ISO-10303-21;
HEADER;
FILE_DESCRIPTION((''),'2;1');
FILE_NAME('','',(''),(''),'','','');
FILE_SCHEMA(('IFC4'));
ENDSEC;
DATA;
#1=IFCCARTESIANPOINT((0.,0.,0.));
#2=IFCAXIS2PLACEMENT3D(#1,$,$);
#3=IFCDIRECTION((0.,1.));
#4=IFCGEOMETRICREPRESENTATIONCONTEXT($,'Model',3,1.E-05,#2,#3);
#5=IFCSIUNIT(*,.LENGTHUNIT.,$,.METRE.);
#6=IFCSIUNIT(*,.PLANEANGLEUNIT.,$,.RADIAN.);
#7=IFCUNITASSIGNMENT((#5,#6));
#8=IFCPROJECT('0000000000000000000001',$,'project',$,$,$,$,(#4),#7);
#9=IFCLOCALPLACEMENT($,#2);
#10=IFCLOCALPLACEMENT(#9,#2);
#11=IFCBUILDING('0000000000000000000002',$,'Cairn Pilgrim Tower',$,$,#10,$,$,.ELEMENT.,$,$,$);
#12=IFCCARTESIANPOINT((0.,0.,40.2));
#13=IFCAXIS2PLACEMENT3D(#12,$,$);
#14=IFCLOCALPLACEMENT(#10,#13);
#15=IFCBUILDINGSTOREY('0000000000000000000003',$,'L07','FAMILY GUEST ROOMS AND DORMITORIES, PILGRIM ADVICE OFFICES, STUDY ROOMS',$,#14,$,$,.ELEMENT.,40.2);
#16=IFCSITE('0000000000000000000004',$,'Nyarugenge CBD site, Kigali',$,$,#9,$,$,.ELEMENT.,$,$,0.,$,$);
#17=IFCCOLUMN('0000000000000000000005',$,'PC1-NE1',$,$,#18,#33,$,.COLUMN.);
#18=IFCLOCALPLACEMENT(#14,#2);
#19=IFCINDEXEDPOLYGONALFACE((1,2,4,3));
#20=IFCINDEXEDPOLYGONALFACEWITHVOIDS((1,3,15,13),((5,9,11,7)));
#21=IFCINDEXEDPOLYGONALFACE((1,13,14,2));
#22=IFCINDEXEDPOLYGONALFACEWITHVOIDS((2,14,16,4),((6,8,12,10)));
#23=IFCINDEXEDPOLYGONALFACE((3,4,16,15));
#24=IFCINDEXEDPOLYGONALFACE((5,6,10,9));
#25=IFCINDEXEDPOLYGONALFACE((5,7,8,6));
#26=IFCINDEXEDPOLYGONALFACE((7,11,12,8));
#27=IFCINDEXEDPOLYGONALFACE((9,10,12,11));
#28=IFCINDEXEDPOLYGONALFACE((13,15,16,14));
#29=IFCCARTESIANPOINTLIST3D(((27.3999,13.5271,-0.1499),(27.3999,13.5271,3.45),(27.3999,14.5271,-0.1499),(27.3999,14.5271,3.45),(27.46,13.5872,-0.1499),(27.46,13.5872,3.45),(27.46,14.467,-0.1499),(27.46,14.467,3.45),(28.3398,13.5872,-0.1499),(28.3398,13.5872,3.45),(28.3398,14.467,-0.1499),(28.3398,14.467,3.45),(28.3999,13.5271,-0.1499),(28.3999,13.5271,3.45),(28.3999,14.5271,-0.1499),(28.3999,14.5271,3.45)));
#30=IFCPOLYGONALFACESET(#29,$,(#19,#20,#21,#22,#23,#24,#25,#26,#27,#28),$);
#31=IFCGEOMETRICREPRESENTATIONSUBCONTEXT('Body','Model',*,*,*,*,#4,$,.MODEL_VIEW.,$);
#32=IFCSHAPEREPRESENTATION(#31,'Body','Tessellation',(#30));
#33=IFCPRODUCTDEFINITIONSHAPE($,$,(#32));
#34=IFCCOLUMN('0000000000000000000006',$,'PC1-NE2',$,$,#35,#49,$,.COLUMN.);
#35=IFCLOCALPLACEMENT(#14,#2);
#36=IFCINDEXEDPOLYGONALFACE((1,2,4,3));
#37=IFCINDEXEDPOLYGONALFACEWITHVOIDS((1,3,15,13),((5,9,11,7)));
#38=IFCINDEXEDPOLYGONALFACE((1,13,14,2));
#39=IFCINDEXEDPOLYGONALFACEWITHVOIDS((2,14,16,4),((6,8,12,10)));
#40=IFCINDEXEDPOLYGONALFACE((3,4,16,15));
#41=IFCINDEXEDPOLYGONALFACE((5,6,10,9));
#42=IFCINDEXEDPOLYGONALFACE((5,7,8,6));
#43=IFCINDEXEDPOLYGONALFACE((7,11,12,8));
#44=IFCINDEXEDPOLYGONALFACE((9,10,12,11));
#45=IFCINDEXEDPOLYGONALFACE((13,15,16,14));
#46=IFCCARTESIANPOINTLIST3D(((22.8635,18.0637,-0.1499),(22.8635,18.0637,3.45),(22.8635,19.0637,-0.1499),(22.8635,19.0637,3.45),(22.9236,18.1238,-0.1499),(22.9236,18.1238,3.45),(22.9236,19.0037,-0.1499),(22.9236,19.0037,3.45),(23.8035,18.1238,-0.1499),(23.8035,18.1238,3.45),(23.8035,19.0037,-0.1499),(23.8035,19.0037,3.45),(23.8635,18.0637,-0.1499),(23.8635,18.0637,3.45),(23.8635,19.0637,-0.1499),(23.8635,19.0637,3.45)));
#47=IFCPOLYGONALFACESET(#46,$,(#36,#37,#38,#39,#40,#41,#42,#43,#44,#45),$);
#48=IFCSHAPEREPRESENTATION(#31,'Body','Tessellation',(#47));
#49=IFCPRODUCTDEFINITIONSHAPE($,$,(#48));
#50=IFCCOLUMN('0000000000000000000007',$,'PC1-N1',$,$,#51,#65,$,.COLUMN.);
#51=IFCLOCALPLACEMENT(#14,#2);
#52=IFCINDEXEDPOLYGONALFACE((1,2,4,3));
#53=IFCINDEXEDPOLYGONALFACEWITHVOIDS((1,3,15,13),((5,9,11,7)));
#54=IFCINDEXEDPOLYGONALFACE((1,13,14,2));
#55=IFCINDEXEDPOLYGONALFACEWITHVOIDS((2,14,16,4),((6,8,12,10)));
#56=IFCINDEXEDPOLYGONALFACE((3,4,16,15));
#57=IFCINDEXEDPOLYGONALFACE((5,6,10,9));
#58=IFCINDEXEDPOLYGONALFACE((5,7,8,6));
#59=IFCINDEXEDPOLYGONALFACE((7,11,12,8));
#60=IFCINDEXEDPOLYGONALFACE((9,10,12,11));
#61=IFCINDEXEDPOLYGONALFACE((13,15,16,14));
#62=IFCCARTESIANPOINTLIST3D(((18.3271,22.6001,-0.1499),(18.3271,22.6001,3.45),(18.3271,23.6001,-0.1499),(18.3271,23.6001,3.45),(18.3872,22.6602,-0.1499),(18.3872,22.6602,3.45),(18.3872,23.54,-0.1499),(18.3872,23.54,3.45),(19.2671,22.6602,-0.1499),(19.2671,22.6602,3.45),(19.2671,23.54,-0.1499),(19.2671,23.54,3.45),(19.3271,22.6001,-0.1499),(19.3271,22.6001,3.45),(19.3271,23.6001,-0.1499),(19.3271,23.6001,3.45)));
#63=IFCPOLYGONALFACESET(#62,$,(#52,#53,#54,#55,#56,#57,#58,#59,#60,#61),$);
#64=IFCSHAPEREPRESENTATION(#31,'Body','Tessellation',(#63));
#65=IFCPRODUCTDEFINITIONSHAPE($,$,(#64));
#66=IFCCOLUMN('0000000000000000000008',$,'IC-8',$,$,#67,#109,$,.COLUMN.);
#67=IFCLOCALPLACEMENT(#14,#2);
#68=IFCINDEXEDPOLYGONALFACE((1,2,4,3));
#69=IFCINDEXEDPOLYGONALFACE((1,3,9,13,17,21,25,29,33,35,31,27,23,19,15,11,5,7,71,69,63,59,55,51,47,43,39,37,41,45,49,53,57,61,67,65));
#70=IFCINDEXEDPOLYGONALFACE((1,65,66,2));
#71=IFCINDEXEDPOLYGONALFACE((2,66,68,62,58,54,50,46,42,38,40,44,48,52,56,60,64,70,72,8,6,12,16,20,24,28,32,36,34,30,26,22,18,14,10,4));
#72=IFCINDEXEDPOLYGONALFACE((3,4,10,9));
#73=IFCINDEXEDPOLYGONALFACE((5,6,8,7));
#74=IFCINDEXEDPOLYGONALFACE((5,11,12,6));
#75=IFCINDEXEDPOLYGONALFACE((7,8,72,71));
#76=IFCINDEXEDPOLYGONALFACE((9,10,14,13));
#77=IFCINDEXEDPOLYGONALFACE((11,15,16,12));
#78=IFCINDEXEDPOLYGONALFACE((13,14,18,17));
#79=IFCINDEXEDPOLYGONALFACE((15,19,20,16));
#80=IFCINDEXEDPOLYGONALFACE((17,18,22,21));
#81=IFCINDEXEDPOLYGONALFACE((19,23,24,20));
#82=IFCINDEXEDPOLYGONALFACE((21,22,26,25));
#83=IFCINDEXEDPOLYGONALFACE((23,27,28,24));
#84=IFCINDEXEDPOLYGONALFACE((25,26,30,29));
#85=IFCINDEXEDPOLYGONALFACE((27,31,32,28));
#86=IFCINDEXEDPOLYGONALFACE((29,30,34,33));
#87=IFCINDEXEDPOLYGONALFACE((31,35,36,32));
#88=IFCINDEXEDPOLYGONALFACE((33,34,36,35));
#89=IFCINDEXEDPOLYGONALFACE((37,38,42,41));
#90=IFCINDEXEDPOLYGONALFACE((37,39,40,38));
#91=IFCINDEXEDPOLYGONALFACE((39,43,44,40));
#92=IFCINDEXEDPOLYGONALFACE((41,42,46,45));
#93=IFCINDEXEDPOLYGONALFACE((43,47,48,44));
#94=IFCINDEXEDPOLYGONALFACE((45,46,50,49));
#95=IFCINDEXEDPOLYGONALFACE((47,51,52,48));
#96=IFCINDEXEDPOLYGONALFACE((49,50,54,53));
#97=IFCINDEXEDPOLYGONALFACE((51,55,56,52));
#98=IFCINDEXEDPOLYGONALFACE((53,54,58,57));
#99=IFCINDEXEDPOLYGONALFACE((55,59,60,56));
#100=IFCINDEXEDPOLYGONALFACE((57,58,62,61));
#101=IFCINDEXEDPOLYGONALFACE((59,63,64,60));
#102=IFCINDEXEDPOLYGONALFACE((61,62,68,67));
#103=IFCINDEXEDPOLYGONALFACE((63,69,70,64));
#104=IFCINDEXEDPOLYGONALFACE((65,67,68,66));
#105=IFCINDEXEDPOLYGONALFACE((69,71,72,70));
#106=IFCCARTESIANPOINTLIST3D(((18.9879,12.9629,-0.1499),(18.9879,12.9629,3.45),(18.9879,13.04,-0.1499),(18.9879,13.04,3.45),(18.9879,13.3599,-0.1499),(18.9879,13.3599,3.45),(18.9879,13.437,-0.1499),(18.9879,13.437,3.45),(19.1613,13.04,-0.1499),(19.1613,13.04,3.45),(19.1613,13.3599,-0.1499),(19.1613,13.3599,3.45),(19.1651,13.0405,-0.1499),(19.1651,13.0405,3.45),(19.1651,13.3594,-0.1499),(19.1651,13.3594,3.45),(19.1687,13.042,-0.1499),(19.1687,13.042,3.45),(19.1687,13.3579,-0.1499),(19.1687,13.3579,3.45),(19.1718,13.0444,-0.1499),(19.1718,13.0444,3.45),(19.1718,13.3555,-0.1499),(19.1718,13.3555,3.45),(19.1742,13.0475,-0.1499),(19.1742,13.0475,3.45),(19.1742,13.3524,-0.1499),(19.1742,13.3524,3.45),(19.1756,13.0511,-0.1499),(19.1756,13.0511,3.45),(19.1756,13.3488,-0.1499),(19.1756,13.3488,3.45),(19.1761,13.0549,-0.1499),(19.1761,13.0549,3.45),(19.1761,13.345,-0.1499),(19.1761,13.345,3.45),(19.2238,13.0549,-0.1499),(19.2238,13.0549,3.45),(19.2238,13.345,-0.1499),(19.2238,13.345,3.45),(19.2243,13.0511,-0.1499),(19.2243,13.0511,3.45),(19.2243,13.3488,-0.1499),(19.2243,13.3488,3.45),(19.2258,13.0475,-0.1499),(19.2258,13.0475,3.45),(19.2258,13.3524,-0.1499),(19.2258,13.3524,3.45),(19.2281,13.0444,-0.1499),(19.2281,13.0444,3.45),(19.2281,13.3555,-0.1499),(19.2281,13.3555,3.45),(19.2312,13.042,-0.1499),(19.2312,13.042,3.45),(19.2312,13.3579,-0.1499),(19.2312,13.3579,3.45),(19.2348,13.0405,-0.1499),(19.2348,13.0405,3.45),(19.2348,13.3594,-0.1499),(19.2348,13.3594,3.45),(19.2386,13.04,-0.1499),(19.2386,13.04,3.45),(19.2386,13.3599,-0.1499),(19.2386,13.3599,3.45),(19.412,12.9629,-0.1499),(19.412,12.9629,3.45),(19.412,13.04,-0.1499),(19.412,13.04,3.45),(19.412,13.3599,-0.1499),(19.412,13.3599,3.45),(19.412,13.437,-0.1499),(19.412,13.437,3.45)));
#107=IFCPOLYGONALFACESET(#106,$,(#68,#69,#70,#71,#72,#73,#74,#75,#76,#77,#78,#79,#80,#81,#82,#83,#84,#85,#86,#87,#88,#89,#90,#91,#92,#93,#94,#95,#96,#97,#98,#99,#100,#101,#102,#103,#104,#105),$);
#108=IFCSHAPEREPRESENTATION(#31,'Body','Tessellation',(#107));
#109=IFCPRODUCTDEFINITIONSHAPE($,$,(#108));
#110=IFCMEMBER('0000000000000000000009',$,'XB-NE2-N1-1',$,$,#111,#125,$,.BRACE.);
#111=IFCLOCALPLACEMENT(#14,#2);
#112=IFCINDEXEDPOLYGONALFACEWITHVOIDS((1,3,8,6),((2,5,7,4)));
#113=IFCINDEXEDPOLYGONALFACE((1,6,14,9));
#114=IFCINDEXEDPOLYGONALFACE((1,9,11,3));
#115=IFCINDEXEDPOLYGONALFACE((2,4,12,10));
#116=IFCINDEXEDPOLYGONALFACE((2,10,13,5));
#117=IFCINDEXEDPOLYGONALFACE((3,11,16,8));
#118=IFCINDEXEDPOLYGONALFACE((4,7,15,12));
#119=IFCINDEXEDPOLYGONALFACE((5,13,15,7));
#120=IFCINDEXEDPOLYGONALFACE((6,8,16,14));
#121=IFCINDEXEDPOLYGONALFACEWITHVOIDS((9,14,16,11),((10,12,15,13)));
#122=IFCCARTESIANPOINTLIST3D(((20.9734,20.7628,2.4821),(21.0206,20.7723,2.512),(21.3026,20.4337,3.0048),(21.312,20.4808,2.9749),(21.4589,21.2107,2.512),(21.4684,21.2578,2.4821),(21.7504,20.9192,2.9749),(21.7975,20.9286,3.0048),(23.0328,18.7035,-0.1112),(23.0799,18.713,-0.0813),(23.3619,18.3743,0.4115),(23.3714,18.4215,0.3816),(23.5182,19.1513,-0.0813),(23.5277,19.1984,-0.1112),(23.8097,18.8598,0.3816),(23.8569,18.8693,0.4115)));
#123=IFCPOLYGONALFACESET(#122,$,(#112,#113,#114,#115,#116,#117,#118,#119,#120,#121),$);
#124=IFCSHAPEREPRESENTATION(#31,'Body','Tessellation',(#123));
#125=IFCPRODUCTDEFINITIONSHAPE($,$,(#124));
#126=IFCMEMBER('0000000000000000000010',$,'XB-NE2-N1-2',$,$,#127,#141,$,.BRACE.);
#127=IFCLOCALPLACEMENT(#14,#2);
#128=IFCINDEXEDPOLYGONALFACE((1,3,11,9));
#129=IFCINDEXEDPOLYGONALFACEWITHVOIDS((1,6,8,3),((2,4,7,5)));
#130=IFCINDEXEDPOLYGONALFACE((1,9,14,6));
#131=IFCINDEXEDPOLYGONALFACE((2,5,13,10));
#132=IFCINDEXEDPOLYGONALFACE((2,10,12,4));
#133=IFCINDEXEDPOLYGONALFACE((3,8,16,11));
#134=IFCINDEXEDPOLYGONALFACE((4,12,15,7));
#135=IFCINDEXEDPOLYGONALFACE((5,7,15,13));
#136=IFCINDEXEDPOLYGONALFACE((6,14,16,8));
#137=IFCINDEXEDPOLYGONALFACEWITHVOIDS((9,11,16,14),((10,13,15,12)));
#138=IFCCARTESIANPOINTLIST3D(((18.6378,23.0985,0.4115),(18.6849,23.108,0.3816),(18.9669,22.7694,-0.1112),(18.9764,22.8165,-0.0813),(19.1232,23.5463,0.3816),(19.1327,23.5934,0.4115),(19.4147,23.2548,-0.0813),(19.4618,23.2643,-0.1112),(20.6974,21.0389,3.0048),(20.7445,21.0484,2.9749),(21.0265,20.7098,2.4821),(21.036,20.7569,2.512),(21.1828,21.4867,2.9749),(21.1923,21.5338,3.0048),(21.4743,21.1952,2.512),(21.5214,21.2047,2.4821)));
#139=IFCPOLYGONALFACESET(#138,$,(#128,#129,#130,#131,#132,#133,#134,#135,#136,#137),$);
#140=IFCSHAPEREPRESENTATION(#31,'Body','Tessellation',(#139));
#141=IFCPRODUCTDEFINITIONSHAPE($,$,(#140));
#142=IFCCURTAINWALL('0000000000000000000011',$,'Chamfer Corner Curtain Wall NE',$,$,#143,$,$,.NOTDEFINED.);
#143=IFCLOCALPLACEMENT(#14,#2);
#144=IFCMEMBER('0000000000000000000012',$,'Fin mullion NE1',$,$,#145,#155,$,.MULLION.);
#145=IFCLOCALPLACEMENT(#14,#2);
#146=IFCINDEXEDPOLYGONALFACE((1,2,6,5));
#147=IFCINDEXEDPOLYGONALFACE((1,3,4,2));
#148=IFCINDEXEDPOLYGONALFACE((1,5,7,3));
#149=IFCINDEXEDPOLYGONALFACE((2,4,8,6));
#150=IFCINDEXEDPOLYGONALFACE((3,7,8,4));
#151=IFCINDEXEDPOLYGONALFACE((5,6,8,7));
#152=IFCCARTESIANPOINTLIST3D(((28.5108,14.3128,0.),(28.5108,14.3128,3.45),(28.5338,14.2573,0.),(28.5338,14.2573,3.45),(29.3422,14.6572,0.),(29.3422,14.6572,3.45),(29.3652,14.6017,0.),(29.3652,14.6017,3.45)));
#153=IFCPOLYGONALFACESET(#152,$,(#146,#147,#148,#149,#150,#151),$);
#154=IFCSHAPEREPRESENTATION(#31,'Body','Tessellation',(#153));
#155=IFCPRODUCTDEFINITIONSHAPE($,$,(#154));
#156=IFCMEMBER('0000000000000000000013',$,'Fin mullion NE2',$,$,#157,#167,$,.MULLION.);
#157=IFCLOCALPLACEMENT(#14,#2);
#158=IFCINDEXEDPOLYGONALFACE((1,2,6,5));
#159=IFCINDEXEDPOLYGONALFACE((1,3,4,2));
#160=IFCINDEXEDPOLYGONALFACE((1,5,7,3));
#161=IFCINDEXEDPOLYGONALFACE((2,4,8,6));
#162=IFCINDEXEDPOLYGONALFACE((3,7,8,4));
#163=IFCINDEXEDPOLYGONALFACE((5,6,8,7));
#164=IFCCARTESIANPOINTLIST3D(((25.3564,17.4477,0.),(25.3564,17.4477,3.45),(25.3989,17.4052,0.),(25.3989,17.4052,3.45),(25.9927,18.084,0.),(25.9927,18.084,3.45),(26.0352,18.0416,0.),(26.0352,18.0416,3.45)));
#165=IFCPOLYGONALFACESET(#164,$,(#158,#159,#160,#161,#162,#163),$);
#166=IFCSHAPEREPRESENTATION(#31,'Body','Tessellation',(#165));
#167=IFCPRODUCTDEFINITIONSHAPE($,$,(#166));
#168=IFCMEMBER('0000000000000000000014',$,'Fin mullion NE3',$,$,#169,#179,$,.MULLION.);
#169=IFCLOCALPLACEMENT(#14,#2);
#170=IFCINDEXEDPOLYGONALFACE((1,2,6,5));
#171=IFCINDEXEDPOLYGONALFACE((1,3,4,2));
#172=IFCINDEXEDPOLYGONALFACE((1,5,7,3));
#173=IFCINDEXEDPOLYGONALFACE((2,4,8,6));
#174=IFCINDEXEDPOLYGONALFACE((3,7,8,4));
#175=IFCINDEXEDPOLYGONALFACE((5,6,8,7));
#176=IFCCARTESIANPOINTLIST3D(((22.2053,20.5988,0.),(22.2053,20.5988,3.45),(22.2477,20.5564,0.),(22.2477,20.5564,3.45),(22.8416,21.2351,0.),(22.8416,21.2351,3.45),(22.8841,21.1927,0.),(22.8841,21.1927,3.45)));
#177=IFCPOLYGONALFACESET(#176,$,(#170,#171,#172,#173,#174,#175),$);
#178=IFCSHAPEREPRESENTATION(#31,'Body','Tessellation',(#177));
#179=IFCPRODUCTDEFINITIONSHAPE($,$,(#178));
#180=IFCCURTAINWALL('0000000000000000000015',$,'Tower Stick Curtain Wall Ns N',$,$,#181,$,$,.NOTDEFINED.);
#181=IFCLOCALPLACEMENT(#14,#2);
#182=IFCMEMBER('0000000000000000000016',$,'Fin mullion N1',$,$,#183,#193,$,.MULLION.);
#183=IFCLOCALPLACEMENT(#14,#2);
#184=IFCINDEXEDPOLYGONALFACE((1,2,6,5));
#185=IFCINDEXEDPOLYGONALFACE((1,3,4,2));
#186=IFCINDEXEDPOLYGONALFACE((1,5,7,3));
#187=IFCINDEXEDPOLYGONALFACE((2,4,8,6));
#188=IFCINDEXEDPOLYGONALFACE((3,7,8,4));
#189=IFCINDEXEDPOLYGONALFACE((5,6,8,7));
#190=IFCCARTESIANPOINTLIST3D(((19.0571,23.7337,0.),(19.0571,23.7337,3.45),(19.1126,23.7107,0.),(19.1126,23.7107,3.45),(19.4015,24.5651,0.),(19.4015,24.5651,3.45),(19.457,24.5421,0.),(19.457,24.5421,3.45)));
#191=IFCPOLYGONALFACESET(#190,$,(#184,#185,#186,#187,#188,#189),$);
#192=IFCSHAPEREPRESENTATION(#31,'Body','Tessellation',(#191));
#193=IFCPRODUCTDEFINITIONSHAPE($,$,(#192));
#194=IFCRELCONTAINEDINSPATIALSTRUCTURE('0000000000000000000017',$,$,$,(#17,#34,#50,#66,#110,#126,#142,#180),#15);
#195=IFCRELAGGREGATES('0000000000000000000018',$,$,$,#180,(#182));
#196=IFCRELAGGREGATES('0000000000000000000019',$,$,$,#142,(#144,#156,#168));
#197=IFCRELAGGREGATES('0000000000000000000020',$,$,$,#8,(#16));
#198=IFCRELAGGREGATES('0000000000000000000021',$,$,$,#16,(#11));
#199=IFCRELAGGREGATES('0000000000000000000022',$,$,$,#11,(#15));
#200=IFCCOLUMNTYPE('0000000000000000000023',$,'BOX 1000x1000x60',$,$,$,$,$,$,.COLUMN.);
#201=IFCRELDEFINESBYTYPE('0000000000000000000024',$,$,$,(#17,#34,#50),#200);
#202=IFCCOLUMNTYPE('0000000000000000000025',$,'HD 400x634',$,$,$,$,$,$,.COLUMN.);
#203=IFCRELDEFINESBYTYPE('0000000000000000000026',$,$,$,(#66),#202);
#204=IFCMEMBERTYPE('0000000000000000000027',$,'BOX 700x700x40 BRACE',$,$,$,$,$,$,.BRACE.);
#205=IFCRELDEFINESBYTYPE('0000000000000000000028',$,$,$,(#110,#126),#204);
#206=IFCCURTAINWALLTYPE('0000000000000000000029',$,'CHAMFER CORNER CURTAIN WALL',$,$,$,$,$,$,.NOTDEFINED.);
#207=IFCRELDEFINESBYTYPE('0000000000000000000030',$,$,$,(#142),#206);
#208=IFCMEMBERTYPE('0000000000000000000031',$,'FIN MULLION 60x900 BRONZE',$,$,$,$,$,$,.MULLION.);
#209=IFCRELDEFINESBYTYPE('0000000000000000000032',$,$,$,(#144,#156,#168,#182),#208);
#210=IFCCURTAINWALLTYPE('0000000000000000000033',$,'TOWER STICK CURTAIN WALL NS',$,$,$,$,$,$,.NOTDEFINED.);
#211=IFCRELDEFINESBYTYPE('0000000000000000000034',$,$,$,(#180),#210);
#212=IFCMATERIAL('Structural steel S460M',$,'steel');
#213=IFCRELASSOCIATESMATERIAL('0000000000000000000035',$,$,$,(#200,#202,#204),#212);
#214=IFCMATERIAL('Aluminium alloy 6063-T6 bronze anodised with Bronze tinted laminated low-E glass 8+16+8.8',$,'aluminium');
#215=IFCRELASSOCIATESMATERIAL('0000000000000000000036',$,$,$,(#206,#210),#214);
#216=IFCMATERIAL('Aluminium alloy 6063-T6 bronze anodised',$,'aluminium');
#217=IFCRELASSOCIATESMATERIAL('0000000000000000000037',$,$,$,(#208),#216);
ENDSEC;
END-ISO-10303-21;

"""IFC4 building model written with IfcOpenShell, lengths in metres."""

from ifc_helpers import new_model, si_unit, direction, frame, origin, origin_2d, place, context, subcontext, project, spatial, rectangle, hollow_rectangle, i_section, extrude, material, material_profile, profile_set, type_object, element, aggregate, save


model = new_model("IFC4")

# Units and contexts
model_context = context("Model", 3, precision=1e-05, world=origin(), true_north=direction((0.0, 1.0)))
body_context = subcontext(model_context, "Body", "Model", "MODEL_VIEW")
ifc_project = project(units=[si_unit("LENGTHUNIT", "METRE"), si_unit("PLANEANGLEUNIT", "RADIAN")], contexts=[model_context])

# Site, building, storey
site_placement = place(None, origin())
site = spatial("IfcSite", under=ifc_project, at=site_placement, Name="Nyarugenge CBD site, Kigali", CompositionType="ELEMENT", RefElevation=0.0)
building_placement = place(site_placement, origin())
building = spatial("IfcBuilding", under=site, at=building_placement, Name="Cairn Pilgrim Tower", CompositionType="ELEMENT")
storey_placement = place(building_placement, frame((0.0, 0.0, 40.2)))
storey = spatial("IfcBuildingStorey", under=building, at=storey_placement, Name="L07", Description="FAMILY GUEST ROOMS AND DORMITORIES, PILGRIM ADVICE OFFICES, STUDY ROOMS", CompositionType="ELEMENT", Elevation=40.2)

# Columns
ifc_material_1 = material(Name="Structural steel S460M", Category="steel")
ifc_material_profile_1 = material_profile(ifc_material_1, hollow_rectangle(XDim=1.0, YDim=1.0, WallThickness=0.0601, at=origin_2d()), Name="BOX 1000x1000x60")
ifc_profile_set_1 = profile_set([ifc_material_profile_1], Name="Structural steel S460M")
column_type_1 = type_object("IfcColumnType", Name="BOX 1000x1000x60", PredefinedType="COLUMN", material=ifc_profile_set_1)
for number, where, z_axis, x_axis, name in (
    (1, (27.8999, 14.0271, -0.1499), (0.0, 0.0, 1.0), (1.0, 0.0, 0.0), "PC1-NE1"),
    (2, (23.3635, 18.5637, -0.1499), (0.0, 0.0, 1.0), (1.0, 0.0, 0.0), "PC1-NE2"),
    (3, (18.8271, 23.1001, -0.1499), (0.0, 0.0, 1.0), (1.0, 0.0, 0.0), "PC1-N1"),
):
    element("IfcColumn", number, at=place(storey_placement, frame(where, z_axis=z_axis, x_axis=x_axis)), inside=storey, type_object=column_type_1, Name=name, PredefinedType="COLUMN", context=body_context, shape_type="SweptSolid", body=[
        extrude(hollow_rectangle(XDim=1.0, YDim=1.0, WallThickness=0.0601, at=origin_2d()), origin(), (0.0, 0.0, 1.0), 3.5999),
    ])
ifc_material_profile_2 = material_profile(ifc_material_1, i_section(OverallWidth=0.4241, OverallDepth=0.4741, WebThickness=0.0476, FlangeThickness=0.0771, FilletRadius=0.0149, at=origin_2d()), Name="HD 400x634")
ifc_profile_set_2 = profile_set([ifc_material_profile_2], Name="Structural steel S460M")
column_type_2 = type_object("IfcColumnType", Name="HD 400x634", PredefinedType="COLUMN", material=ifc_profile_set_2)
column_placement = place(storey_placement, frame((19.2, 13.2, -0.1499), z_axis=(0.0, 0.0, 1.0), x_axis=(1.0, 0.0, 0.0)))
element("IfcColumn", 4, at=column_placement, inside=storey, type_object=column_type_2, Name="IC-8", PredefinedType="COLUMN", context=body_context, shape_type="SweptSolid", body=[
    extrude(i_section(OverallWidth=0.4241, OverallDepth=0.4741, WebThickness=0.0476, FlangeThickness=0.0771, FilletRadius=0.0149, at=origin_2d()), origin(), (0.0, 0.0, 1.0), 3.5999),
])

# Members
ifc_material_profile_3 = material_profile(ifc_material_1, hollow_rectangle(XDim=0.7, YDim=0.7, WallThickness=0.04, at=origin_2d()), Name="BOX 700x700x40")
ifc_profile_set_3 = profile_set([ifc_material_profile_3], Name="Structural steel S460M")
member_type_1 = type_object("IfcMemberType", Name="BOX 700x700x40 BRACE", PredefinedType="BRACE", material=ifc_profile_set_3)
member_1_placement = place(storey_placement, frame((23.4448, 18.7864, 0.1501), z_axis=(-0.52809, 0.52809, 0.665012), x_axis=(-0.707107, -0.707107, 0.0)))
element("IfcMember", 5, at=member_1_placement, inside=storey, type_object=member_type_1, Name="XB-NE2-N1-1", PredefinedType="BRACE", context=body_context, shape_type="SweptSolid", body=[
    extrude(hollow_rectangle(XDim=0.7, YDim=0.7, WallThickness=0.04, at=origin_2d()), origin(), (0.0, 0.0, 1.0), 3.8997),
])
member_2_placement = place(storey_placement, frame((19.0498, 23.1814, 0.1501), z_axis=(0.528118, -0.528118, 0.664968), x_axis=(0.707107, 0.707107, 0.0)))
element("IfcMember", 6, at=member_2_placement, inside=storey, type_object=member_type_1, Name="XB-NE2-N1-2", PredefinedType="BRACE", context=body_context, shape_type="SweptSolid", body=[
    extrude(hollow_rectangle(XDim=0.7, YDim=0.7, WallThickness=0.04, at=origin_2d()), origin(), (0.0, 0.0, 1.0), 3.8999),
])

# Curtain wall, members
ifc_material_2 = material(Name="Aluminium alloy 6063-T6 bronze anodised with Bronze tinted laminated low-E glass 8+16+8.8", Category="aluminium")
curtain_wall_type_1 = type_object("IfcCurtainWallType", Name="CHAMFER CORNER CURTAIN WALL", PredefinedType="NOTDEFINED", material=ifc_material_2)
curtain_wall_1_placement = place(storey_placement, origin())
curtain_wall_1 = element("IfcCurtainWall", 7, at=curtain_wall_1_placement, inside=storey, type_object=curtain_wall_type_1, Name="Chamfer Corner Curtain Wall NE", PredefinedType="NOTDEFINED")
ifc_material_3 = material(Name="Aluminium alloy 6063-T6 bronze anodised", Category="aluminium")
ifc_material_profile_4 = material_profile(ifc_material_3, rectangle(XDim=0.8999, YDim=0.0601, at=origin_2d()), Name="FIN MULLION 60x900 BRONZE")
ifc_profile_set_4 = profile_set([ifc_material_profile_4], Name="Aluminium alloy 6063-T6 bronze anodised")
member_type_2 = type_object("IfcMemberType", Name="FIN MULLION 60x900 BRONZE", PredefinedType="MULLION", material=ifc_profile_set_4)
member_3_placement = place(storey_placement, frame((28.938, 14.4573, 0.0), z_axis=(0.0, 0.0, 1.0), x_axis=(0.92388, 0.382683, 0.0)))
member_3 = element("IfcMember", 8, at=member_3_placement, type_object=member_type_2, Name="Fin mullion NE1", PredefinedType="MULLION", context=body_context, shape_type="SweptSolid", body=[
    extrude(rectangle(XDim=0.8999, YDim=0.0601, at=origin_2d()), origin(), (0.0, 0.0, 1.0), 3.45),
])
member_4_placement = place(storey_placement, frame((25.6958, 17.7446, 0.0), z_axis=(0.0, 0.0, 1.0), x_axis=(0.707107, 0.707107, 0.0)))
member_4 = element("IfcMember", 9, at=member_4_placement, type_object=member_type_2, Name="Fin mullion NE2", PredefinedType="MULLION", context=body_context, shape_type="SweptSolid", body=[
    extrude(rectangle(XDim=0.8999, YDim=0.0601, at=origin_2d()), origin(), (0.0, 0.0, 1.0), 3.45),
])
member_5_placement = place(storey_placement, frame((22.5447, 20.8958, 0.0), z_axis=(0.0, 0.0, 1.0), x_axis=(0.707107, 0.707107, 0.0)))
member_5 = element("IfcMember", 10, at=member_5_placement, type_object=member_type_2, Name="Fin mullion NE3", PredefinedType="MULLION", context=body_context, shape_type="SweptSolid", body=[
    extrude(rectangle(XDim=0.8999, YDim=0.0601, at=origin_2d()), origin(), (0.0, 0.0, 1.0), 3.45),
])

# Curtain wall, member
curtain_wall_type_2 = type_object("IfcCurtainWallType", Name="TOWER STICK CURTAIN WALL NS", PredefinedType="NOTDEFINED", material=ifc_material_2)
curtain_wall_2_placement = place(storey_placement, origin())
curtain_wall_2 = element("IfcCurtainWall", 11, at=curtain_wall_2_placement, inside=storey, type_object=curtain_wall_type_2, Name="Tower Stick Curtain Wall Ns N", PredefinedType="NOTDEFINED")
member_6_placement = place(storey_placement, frame((19.2571, 24.1379, 0.0), z_axis=(0.0, 0.0, 1.0), x_axis=(0.382683, 0.92388, 0.0)))
member_6 = element("IfcMember", 12, at=member_6_placement, type_object=member_type_2, Name="Fin mullion N1", PredefinedType="MULLION", context=body_context, shape_type="SweptSolid", body=[
    extrude(rectangle(XDim=0.8999, YDim=0.0601, at=origin_2d()), origin(), (0.0, 0.0, 1.0), 3.45),
])
aggregate(curtain_wall_2, [member_6])

aggregate(curtain_wall_1, [member_3, member_4, member_5])

save(model, "model.ifc")
